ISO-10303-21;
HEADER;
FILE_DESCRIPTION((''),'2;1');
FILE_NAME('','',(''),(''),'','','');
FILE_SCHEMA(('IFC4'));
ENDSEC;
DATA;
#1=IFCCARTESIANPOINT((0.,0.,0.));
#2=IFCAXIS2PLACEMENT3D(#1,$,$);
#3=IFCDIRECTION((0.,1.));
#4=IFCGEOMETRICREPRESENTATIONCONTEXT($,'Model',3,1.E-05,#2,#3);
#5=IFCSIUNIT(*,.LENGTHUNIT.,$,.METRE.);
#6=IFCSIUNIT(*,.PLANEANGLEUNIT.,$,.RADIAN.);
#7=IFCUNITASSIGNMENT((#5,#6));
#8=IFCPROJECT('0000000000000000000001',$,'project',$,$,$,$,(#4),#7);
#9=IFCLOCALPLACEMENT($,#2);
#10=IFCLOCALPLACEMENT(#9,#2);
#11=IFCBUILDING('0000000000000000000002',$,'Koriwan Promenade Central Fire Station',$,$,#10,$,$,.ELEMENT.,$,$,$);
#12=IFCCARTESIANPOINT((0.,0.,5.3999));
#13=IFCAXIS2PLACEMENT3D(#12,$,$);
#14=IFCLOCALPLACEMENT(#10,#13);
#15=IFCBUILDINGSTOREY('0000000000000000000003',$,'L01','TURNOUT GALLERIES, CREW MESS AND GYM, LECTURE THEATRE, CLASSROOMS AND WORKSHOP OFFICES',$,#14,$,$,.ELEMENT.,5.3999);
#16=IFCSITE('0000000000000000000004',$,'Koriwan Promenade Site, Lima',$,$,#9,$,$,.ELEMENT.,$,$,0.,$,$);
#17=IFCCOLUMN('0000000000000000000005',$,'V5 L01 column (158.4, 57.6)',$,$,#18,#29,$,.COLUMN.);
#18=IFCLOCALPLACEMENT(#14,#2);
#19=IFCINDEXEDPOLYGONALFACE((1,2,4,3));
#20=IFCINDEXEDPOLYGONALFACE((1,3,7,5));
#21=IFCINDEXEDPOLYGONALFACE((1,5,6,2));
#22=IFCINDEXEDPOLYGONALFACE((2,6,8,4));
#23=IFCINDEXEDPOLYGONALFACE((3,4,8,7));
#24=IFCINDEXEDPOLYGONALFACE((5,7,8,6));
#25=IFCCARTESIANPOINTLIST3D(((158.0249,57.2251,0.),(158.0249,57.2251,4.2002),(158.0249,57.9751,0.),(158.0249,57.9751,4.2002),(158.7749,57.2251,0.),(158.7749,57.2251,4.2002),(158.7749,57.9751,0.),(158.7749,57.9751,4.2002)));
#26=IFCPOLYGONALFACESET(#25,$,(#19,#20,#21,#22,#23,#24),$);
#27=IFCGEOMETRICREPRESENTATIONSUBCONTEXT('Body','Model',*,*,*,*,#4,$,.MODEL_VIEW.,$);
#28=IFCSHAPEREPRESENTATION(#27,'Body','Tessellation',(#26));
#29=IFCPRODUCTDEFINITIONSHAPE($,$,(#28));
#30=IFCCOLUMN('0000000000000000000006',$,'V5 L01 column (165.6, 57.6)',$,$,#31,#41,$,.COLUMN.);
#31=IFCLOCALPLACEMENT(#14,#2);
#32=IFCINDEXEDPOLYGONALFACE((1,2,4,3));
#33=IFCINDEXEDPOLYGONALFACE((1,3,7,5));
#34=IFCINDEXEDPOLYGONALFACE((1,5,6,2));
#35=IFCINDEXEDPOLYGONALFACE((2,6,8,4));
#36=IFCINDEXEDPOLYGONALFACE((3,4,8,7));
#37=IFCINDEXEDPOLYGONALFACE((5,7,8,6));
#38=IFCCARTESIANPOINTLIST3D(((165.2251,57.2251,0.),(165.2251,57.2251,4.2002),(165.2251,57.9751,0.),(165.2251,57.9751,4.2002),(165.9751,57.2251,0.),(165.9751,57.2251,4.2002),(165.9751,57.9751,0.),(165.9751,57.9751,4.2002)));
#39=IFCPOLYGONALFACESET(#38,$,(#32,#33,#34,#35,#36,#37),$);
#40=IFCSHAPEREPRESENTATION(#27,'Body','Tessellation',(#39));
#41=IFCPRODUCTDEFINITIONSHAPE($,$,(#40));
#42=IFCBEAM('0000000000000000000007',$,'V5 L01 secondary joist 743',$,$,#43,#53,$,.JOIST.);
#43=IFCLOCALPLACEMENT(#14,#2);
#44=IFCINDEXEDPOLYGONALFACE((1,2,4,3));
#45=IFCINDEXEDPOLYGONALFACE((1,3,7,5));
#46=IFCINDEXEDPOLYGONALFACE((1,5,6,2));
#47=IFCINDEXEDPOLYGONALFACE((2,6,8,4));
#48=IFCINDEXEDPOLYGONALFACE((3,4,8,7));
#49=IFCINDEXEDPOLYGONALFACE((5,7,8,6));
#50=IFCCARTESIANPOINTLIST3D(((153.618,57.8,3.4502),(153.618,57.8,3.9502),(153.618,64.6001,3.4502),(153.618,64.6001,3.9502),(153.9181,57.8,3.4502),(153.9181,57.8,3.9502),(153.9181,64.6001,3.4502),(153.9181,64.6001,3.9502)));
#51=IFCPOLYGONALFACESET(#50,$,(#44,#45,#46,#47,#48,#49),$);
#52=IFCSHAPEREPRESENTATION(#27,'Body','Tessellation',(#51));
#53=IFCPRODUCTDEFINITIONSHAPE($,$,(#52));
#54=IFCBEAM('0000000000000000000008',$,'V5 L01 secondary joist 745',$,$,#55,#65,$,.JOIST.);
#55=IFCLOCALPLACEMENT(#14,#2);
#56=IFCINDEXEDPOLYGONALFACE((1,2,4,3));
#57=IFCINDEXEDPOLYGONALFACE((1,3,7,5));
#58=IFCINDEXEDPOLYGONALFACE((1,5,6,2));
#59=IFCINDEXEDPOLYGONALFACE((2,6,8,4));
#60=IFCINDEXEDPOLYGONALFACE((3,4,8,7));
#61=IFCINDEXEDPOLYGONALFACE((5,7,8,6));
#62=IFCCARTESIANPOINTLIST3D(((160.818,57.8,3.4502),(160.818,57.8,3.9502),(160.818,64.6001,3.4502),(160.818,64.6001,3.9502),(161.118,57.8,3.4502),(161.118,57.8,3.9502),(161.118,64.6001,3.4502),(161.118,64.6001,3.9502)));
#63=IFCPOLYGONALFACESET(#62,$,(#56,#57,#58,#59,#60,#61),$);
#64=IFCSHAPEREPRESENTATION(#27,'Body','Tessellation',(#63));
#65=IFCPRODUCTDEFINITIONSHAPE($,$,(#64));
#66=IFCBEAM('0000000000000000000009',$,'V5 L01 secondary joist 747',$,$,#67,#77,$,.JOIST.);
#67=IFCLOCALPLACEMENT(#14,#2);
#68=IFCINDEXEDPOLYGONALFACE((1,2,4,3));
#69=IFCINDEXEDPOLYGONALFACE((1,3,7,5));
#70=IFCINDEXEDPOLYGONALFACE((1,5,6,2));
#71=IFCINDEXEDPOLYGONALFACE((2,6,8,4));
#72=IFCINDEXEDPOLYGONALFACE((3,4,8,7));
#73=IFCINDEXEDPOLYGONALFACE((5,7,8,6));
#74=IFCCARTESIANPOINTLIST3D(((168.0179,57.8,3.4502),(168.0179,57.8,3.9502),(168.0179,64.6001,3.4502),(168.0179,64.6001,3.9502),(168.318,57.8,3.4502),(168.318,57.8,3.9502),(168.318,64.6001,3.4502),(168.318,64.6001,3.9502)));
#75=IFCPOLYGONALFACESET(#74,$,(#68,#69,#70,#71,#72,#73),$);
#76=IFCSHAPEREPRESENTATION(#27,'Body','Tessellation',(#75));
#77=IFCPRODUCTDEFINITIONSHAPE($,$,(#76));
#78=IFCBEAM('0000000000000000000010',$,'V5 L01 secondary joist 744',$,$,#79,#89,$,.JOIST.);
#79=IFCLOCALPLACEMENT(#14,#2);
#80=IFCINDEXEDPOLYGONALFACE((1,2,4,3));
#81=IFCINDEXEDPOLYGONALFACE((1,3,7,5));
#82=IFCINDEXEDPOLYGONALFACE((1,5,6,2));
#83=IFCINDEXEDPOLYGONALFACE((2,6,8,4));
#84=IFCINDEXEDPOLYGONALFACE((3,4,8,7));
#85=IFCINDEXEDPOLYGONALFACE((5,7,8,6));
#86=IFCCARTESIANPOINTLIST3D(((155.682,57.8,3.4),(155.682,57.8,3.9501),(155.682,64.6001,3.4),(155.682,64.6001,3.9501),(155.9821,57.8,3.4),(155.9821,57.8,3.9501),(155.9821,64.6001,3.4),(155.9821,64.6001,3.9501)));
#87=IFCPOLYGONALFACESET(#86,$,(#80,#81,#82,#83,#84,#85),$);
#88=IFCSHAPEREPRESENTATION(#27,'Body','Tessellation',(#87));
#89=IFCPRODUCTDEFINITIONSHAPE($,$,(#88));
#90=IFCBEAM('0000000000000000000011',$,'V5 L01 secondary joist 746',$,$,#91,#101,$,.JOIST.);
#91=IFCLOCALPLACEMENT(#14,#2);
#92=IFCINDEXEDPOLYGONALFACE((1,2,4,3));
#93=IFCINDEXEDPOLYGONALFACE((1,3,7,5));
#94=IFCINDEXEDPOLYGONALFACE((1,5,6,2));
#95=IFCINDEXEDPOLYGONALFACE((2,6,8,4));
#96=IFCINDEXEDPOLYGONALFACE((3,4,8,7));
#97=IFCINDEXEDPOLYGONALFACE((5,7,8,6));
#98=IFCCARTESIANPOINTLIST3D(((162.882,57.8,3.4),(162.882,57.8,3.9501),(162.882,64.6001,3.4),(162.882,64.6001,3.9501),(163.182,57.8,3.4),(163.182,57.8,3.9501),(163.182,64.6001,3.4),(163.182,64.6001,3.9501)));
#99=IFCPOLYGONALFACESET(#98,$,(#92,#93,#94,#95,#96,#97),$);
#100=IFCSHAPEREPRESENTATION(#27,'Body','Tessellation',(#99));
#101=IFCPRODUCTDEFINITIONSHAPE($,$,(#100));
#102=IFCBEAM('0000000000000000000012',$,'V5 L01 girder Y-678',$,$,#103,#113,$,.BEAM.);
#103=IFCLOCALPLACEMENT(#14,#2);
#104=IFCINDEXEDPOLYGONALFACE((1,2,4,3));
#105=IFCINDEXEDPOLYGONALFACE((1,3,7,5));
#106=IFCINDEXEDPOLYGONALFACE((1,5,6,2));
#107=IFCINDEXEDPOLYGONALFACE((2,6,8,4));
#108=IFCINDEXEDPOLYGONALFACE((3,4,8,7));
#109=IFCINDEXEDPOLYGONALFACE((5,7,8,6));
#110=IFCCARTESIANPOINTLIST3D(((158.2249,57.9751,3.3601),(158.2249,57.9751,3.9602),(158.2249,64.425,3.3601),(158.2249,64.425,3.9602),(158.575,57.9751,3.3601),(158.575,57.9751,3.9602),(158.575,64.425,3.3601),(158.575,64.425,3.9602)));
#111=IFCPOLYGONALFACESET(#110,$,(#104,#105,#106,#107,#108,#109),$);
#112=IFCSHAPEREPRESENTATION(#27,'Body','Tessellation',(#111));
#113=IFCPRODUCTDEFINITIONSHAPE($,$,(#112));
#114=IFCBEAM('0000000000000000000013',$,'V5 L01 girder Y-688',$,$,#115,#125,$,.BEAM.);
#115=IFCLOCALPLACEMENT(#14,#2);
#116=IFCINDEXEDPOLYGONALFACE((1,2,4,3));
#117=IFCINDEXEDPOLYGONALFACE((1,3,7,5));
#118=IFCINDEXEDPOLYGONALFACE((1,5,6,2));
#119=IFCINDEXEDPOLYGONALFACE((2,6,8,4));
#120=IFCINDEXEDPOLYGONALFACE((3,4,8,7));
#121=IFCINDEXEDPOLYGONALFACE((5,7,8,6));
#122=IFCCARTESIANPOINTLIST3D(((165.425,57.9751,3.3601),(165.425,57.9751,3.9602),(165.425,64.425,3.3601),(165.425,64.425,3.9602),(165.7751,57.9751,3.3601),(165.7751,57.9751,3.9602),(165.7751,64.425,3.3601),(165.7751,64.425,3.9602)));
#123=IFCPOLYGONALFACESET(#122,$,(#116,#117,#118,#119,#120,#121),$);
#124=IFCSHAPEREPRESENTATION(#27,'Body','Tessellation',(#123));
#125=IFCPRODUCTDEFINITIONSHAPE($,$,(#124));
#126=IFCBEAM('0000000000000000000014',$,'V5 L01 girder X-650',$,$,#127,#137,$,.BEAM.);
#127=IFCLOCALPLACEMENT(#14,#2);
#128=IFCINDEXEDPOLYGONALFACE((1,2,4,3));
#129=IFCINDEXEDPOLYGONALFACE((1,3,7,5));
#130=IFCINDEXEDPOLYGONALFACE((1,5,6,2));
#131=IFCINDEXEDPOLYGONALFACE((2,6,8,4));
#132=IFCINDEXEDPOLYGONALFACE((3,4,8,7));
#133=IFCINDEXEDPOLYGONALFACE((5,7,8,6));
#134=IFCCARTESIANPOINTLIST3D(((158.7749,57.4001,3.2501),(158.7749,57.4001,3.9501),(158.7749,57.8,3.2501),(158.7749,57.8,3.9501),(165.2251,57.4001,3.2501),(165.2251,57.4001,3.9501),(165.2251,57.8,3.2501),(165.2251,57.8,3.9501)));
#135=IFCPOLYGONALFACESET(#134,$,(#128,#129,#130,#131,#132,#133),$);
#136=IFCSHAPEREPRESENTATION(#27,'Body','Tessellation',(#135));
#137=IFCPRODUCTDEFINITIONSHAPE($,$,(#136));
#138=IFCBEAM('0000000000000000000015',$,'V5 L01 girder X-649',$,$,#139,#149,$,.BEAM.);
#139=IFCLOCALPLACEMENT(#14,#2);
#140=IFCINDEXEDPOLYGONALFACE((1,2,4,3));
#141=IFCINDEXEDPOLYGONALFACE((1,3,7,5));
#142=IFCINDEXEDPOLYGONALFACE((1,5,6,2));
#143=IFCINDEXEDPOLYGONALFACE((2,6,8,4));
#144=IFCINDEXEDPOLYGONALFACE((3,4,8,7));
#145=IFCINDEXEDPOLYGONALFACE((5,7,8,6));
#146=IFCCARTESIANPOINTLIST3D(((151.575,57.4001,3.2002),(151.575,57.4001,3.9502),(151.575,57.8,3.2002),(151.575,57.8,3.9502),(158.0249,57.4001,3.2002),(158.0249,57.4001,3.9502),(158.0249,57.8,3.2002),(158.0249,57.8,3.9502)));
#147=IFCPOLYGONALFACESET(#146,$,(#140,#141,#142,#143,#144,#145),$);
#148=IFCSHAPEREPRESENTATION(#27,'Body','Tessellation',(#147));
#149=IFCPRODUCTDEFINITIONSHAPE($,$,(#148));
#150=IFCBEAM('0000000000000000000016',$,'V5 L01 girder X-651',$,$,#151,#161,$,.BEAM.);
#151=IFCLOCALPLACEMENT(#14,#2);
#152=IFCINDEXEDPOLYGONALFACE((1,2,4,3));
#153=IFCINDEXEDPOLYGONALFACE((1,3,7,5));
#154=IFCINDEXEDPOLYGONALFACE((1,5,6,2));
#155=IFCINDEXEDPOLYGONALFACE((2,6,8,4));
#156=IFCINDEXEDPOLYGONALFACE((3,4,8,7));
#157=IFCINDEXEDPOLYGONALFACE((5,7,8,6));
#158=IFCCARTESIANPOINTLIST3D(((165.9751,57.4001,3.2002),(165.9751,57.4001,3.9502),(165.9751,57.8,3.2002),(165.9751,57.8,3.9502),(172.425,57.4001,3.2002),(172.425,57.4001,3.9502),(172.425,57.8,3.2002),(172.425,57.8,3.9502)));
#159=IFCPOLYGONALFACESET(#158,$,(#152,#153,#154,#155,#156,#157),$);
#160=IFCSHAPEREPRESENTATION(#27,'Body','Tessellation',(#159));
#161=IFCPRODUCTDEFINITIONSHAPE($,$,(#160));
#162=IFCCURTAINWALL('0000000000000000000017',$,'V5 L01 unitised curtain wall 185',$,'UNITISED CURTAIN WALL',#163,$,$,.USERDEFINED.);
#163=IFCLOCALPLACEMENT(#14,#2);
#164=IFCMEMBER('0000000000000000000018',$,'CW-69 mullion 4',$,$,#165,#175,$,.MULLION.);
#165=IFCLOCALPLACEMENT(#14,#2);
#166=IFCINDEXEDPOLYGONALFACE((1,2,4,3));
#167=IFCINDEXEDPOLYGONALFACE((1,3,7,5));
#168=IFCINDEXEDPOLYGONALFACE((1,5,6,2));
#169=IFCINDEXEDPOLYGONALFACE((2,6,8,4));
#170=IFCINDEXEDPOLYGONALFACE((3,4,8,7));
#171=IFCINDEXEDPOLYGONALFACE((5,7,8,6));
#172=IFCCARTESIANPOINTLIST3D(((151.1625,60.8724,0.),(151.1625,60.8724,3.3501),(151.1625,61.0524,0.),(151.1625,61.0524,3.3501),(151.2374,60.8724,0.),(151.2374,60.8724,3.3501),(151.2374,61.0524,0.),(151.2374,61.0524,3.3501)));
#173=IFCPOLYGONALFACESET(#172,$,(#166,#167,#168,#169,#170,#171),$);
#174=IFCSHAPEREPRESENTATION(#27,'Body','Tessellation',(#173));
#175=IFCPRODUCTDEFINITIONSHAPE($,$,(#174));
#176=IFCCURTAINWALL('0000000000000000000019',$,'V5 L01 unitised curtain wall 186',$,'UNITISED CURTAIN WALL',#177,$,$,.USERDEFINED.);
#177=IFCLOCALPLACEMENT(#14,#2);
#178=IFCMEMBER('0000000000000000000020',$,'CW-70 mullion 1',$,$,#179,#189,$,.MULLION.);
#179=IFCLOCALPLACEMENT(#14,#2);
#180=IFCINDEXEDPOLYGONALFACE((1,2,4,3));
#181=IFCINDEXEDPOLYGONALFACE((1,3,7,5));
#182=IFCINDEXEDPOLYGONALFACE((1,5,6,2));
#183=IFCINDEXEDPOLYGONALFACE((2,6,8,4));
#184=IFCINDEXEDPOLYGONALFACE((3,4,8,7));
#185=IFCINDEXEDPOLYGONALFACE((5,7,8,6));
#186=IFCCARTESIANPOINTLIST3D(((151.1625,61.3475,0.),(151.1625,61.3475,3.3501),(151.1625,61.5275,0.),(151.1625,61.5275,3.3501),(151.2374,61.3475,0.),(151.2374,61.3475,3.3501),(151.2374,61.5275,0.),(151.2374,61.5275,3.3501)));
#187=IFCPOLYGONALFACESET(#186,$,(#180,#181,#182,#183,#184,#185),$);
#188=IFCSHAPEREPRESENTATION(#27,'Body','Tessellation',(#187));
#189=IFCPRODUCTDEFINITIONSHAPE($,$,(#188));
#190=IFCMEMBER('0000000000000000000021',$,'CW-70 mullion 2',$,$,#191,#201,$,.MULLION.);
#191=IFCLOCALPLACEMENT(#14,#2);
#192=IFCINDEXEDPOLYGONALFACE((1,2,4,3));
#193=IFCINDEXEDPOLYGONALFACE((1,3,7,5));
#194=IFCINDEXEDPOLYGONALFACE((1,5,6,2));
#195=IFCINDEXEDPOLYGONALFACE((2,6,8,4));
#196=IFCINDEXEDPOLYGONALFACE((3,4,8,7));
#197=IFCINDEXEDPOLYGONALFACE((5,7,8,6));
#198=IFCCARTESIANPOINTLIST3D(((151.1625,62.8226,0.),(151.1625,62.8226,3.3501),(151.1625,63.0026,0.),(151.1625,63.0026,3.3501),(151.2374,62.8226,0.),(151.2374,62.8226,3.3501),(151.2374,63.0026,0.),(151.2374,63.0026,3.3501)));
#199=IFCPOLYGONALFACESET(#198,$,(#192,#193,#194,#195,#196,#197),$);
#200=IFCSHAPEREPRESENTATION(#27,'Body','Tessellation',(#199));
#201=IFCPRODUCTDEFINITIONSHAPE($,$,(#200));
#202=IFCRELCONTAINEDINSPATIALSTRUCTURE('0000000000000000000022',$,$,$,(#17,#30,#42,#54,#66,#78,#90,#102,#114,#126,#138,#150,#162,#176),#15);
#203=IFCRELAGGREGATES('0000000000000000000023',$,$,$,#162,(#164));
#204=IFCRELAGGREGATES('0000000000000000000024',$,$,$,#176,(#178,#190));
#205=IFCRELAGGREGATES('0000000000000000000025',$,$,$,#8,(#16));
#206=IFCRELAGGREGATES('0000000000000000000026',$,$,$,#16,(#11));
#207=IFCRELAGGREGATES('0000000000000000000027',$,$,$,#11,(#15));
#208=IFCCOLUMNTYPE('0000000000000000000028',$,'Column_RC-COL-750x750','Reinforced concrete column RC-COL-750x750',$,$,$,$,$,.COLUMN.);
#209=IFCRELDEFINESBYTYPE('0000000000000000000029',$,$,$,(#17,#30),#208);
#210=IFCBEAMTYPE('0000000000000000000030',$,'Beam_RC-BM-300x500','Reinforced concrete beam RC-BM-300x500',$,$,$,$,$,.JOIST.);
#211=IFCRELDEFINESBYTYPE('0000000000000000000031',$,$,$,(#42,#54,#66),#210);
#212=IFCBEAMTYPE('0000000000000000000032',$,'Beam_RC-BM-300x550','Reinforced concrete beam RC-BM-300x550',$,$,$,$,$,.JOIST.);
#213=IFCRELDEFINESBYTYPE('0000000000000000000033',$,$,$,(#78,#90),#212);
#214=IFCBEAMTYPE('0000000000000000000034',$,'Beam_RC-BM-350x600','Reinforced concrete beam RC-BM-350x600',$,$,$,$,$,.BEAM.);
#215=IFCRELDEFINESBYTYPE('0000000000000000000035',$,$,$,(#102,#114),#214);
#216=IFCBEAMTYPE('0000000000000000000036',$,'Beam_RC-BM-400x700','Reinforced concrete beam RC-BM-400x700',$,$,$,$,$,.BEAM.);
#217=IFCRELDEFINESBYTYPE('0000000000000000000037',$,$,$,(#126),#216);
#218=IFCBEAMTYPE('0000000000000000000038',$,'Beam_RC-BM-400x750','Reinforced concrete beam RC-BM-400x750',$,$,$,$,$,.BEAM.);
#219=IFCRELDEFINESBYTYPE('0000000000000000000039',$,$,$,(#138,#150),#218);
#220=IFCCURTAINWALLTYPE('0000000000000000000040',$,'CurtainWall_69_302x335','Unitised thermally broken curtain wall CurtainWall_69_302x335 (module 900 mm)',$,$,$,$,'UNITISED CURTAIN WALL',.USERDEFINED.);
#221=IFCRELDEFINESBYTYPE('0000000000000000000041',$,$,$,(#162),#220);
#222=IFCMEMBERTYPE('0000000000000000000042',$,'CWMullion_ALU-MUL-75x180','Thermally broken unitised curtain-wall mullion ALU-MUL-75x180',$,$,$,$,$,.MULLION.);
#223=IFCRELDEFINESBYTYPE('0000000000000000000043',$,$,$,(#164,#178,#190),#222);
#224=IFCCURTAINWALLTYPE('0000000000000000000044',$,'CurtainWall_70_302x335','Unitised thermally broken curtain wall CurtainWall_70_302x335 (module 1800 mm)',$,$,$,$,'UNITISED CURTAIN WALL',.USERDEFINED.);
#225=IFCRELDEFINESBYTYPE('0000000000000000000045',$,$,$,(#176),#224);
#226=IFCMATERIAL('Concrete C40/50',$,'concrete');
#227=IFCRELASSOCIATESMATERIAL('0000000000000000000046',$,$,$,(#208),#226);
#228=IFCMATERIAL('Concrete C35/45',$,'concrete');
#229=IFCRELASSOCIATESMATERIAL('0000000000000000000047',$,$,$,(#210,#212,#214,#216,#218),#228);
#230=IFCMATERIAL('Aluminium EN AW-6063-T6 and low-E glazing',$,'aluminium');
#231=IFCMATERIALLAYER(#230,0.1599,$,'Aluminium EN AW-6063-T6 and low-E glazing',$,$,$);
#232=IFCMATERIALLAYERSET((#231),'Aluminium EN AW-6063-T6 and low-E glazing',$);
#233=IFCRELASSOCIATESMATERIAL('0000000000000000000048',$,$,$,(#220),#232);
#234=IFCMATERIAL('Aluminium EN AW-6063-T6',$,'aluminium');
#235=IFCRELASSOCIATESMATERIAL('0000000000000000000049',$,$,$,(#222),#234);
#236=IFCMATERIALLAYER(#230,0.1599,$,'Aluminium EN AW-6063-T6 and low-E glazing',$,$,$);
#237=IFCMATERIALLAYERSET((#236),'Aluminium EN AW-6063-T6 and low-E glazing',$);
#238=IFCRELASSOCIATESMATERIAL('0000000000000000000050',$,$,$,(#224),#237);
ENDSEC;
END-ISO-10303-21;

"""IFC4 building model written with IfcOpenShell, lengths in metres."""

from ifc_helpers import new_model, si_unit, direction, frame, origin, origin_2d, place, context, subcontext, project, spatial, rectangle, extrude, material, layer, layer_set, material_profile, profile_set, type_object, element, aggregate, save


model = new_model("IFC4")

# Units and contexts
model_context = context("Model", 3, precision=1e-05, world=origin(), true_north=direction((0.0, 1.0)))
body_context = subcontext(model_context, "Body", "Model", "MODEL_VIEW")
ifc_project = project(units=[si_unit("LENGTHUNIT", "METRE"), si_unit("PLANEANGLEUNIT", "RADIAN")], contexts=[model_context])

# Site, building, storey
site_placement = place(None, origin())
site = spatial("IfcSite", under=ifc_project, at=site_placement, Name="Koriwan Promenade Site, Lima", CompositionType="ELEMENT", RefElevation=0.0)
building_placement = place(site_placement, origin())
building = spatial("IfcBuilding", under=site, at=building_placement, Name="Koriwan Promenade Central Fire Station", CompositionType="ELEMENT")
storey_placement = place(building_placement, frame((0.0, 0.0, 5.3999)))
storey = spatial("IfcBuildingStorey", under=building, at=storey_placement, Name="L01", Description="TURNOUT GALLERIES, CREW MESS AND GYM, LECTURE THEATRE, CLASSROOMS AND WORKSHOP OFFICES", CompositionType="ELEMENT", Elevation=5.3999)

# Columns
ifc_material_1 = material(Name="Concrete C40/50", Category="concrete")
ifc_material_profile_1 = material_profile(ifc_material_1, rectangle(XDim=0.75, YDim=0.75, at=origin_2d()), Name="RC-COL-750x750")
ifc_profile_set_1 = profile_set([ifc_material_profile_1], Name="Concrete C40/50")
column_type = type_object("IfcColumnType", Name="Column_RC-COL-750x750", Description="Reinforced concrete column RC-COL-750x750", PredefinedType="COLUMN", material=ifc_profile_set_1)
for number, where, z_axis, x_axis, name in (
    (1, (158.3999, 57.6001, 0.0), (0.0, 0.0, 1.0), (1.0, 0.0, 0.0), "V5 L01 column (158.4, 57.6)"),
    (2, (165.6001, 57.6001, 0.0), (0.0, 0.0, 1.0), (1.0, 0.0, 0.0), "V5 L01 column (165.6, 57.6)"),
):
    element("IfcColumn", number, at=place(storey_placement, frame(where, z_axis=z_axis, x_axis=x_axis)), inside=storey, type_object=column_type, Name=name, PredefinedType="COLUMN", context=body_context, shape_type="SweptSolid", body=[
        extrude(rectangle(XDim=0.75, YDim=0.75, at=origin_2d()), origin(), (0.0, 0.0, 1.0), 4.2002),
    ])

# Beams
ifc_material_2 = material(Name="Concrete C35/45", Category="concrete")
ifc_material_profile_2 = material_profile(ifc_material_2, rectangle(XDim=0.3, YDim=0.5, at=origin_2d()), Name="RC-BM-300x500")
ifc_profile_set_2 = profile_set([ifc_material_profile_2], Name="Concrete C35/45")
beam_type_1 = type_object("IfcBeamType", Name="Beam_RC-BM-300x500", Description="Reinforced concrete beam RC-BM-300x500", PredefinedType="JOIST", material=ifc_profile_set_2)
for number, where, z_axis, x_axis, name in (
    (3, (153.7681, 57.8, 3.7002), (0.0, 1.0, 0.0), (-1.0, 0.0, 0.0), "V5 L01 secondary joist 743"),
    (4, (160.968, 57.8, 3.7002), (0.0, 1.0, 0.0), (-1.0, 0.0, 0.0), "V5 L01 secondary joist 745"),
    (5, (168.168, 57.8, 3.7002), (0.0, 1.0, 0.0), (-1.0, 0.0, 0.0), "V5 L01 secondary joist 747"),
):
    element("IfcBeam", number, at=place(storey_placement, frame(where, z_axis=z_axis, x_axis=x_axis)), inside=storey, type_object=beam_type_1, Name=name, PredefinedType="JOIST", context=body_context, shape_type="SweptSolid", body=[
        extrude(rectangle(XDim=0.3, YDim=0.5, at=origin_2d()), origin(), (0.0, 0.0, 1.0), 6.8),
    ])
ifc_material_profile_3 = material_profile(ifc_material_2, rectangle(XDim=0.3, YDim=0.55, at=origin_2d()), Name="RC-BM-300x550")
ifc_profile_set_3 = profile_set([ifc_material_profile_3], Name="Concrete C35/45")
beam_type_2 = type_object("IfcBeamType", Name="Beam_RC-BM-300x550", Description="Reinforced concrete beam RC-BM-300x550", PredefinedType="JOIST", material=ifc_profile_set_3)
for number, where, z_axis, x_axis, name in (
    (6, (155.832, 57.8, 3.675), (0.0, 1.0, 0.0), (-1.0, 0.0, 0.0), "V5 L01 secondary joist 744"),
    (7, (163.032, 57.8, 3.675), (0.0, 1.0, 0.0), (-1.0, 0.0, 0.0), "V5 L01 secondary joist 746"),
):
    element("IfcBeam", number, at=place(storey_placement, frame(where, z_axis=z_axis, x_axis=x_axis)), inside=storey, type_object=beam_type_2, Name=name, PredefinedType="JOIST", context=body_context, shape_type="SweptSolid", body=[
        extrude(rectangle(XDim=0.3, YDim=0.55, at=origin_2d()), origin(), (0.0, 0.0, 1.0), 6.8),
    ])
ifc_material_profile_4 = material_profile(ifc_material_2, rectangle(XDim=0.3501, YDim=0.6001, at=origin_2d()), Name="RC-BM-350x600")
ifc_profile_set_4 = profile_set([ifc_material_profile_4], Name="Concrete C35/45")
beam_type_3 = type_object("IfcBeamType", Name="Beam_RC-BM-350x600", Description="Reinforced concrete beam RC-BM-350x600", PredefinedType="BEAM", material=ifc_profile_set_4)
for number, where, z_axis, x_axis, name in (
    (8, (158.3999, 57.9751, 3.6602), (0.0, 1.0, 0.0), (-1.0, 0.0, 0.0), "V5 L01 girder Y-678"),
    (9, (165.6001, 57.9751, 3.6602), (0.0, 1.0, 0.0), (-1.0, 0.0, 0.0), "V5 L01 girder Y-688"),
):
    element("IfcBeam", number, at=place(storey_placement, frame(where, z_axis=z_axis, x_axis=x_axis)), inside=storey, type_object=beam_type_3, Name=name, PredefinedType="BEAM", context=body_context, shape_type="SweptSolid", body=[
        extrude(rectangle(XDim=0.3501, YDim=0.6001, at=origin_2d()), origin(), (0.0, 0.0, 1.0), 6.45),
    ])
ifc_material_profile_5 = material_profile(ifc_material_2, rectangle(XDim=0.3999, YDim=0.7, at=origin_2d()), Name="RC-BM-400x700")
ifc_profile_set_5 = profile_set([ifc_material_profile_5], Name="Concrete C35/45")
beam_type_4 = type_object("IfcBeamType", Name="Beam_RC-BM-400x700", Description="Reinforced concrete beam RC-BM-400x700", PredefinedType="BEAM", material=ifc_profile_set_5)
beam_placement = place(storey_placement, frame((158.7749, 57.6001, 3.6001), z_axis=(1.0, 0.0, 0.0), x_axis=(0.0, 1.0, 0.0)))
element("IfcBeam", 10, at=beam_placement, inside=storey, type_object=beam_type_4, Name="V5 L01 girder X-650", PredefinedType="BEAM", context=body_context, shape_type="SweptSolid", body=[
    extrude(rectangle(XDim=0.3999, YDim=0.7, at=origin_2d()), origin(), (0.0, 0.0, 1.0), 6.4502),
])
ifc_material_profile_6 = material_profile(ifc_material_2, rectangle(XDim=0.3999, YDim=0.75, at=origin_2d()), Name="RC-BM-400x750")
ifc_profile_set_6 = profile_set([ifc_material_profile_6], Name="Concrete C35/45")
beam_type_5 = type_object("IfcBeamType", Name="Beam_RC-BM-400x750", Description="Reinforced concrete beam RC-BM-400x750", PredefinedType="BEAM", material=ifc_profile_set_6)
for number, where, z_axis, x_axis, name in (
    (11, (151.575, 57.6001, 3.5752), (1.0, 0.0, 0.0), (0.0, 1.0, 0.0), "V5 L01 girder X-649"),
    (12, (165.9751, 57.6001, 3.5752), (1.0, 0.0, 0.0), (0.0, 1.0, 0.0), "V5 L01 girder X-651"),
):
    element("IfcBeam", number, at=place(storey_placement, frame(where, z_axis=z_axis, x_axis=x_axis)), inside=storey, type_object=beam_type_5, Name=name, PredefinedType="BEAM", context=body_context, shape_type="SweptSolid", body=[
        extrude(rectangle(XDim=0.3999, YDim=0.75, at=origin_2d()), origin(), (0.0, 0.0, 1.0), 6.45),
    ])

# Curtain wall, member
ifc_material_3 = material(Name="Aluminium EN AW-6063-T6 and low-E glazing", Category="aluminium")
ifc_layer_1 = layer(ifc_material_3, 0.1599, Name="Aluminium EN AW-6063-T6 and low-E glazing")
ifc_layer_set_1 = layer_set([ifc_layer_1], Name="Aluminium EN AW-6063-T6 and low-E glazing")
curtain_wall_type_1 = type_object("IfcCurtainWallType", Name="CurtainWall_69_302x335", Description="Unitised thermally broken curtain wall CurtainWall_69_302x335 (module 900 mm)", ElementType="UNITISED CURTAIN WALL", PredefinedType="USERDEFINED", material=ifc_layer_set_1)
curtain_wall_1_placement = place(storey_placement, origin())
curtain_wall_1 = element("IfcCurtainWall", 13, at=curtain_wall_1_placement, inside=storey, type_object=curtain_wall_type_1, Name="V5 L01 unitised curtain wall 185", ObjectType="UNITISED CURTAIN WALL", PredefinedType="USERDEFINED")
ifc_material_4 = material(Name="Aluminium EN AW-6063-T6", Category="aluminium")
ifc_material_profile_7 = material_profile(ifc_material_4, rectangle(XDim=0.075, YDim=0.1799, at=origin_2d()), Name="ALU-MUL-75x180")
ifc_profile_set_7 = profile_set([ifc_material_profile_7], Name="Aluminium EN AW-6063-T6")
member_type_1 = type_object("IfcMemberType", Name="CWMullion_ALU-MUL-75x180", Description="Thermally broken unitised curtain-wall mullion ALU-MUL-75x180", PredefinedType="MULLION", material=ifc_profile_set_7)
member_1_placement = place(storey_placement, frame((151.2, 60.9624, 0.0), z_axis=(0.0, 0.0, 1.0), x_axis=(-1.0, 0.0, 0.0)))
member_1 = element("IfcMember", 14, at=member_1_placement, type_object=member_type_1, Name="CW-69 mullion 4", PredefinedType="MULLION", context=body_context, shape_type="SweptSolid", body=[
    extrude(rectangle(XDim=0.075, YDim=0.1799, at=origin_2d()), origin(), (0.0, 0.0, 1.0), 3.3501),
])

# Curtain wall, members
ifc_layer_2 = layer(ifc_material_3, 0.1599, Name="Aluminium EN AW-6063-T6 and low-E glazing")
ifc_layer_set_2 = layer_set([ifc_layer_2], Name="Aluminium EN AW-6063-T6 and low-E glazing")
curtain_wall_type_2 = type_object("IfcCurtainWallType", Name="CurtainWall_70_302x335", Description="Unitised thermally broken curtain wall CurtainWall_70_302x335 (module 1800 mm)", ElementType="UNITISED CURTAIN WALL", PredefinedType="USERDEFINED", material=ifc_layer_set_2)
curtain_wall_2_placement = place(storey_placement, origin())
curtain_wall_2 = element("IfcCurtainWall", 15, at=curtain_wall_2_placement, inside=storey, type_object=curtain_wall_type_2, Name="V5 L01 unitised curtain wall 186", ObjectType="UNITISED CURTAIN WALL", PredefinedType="USERDEFINED")
member_2_placement = place(storey_placement, frame((151.2, 61.4375, 0.0), z_axis=(0.0, 0.0, 1.0), x_axis=(-1.0, 0.0, 0.0)))
member_2 = element("IfcMember", 16, at=member_2_placement, type_object=member_type_1, Name="CW-70 mullion 1", PredefinedType="MULLION", context=body_context, shape_type="SweptSolid", body=[
    extrude(rectangle(XDim=0.075, YDim=0.1799, at=origin_2d()), origin(), (0.0, 0.0, 1.0), 3.3501),
])
member_3_placement = place(storey_placement, frame((151.2, 62.9126, 0.0), z_axis=(0.0, 0.0, 1.0), x_axis=(-1.0, 0.0, 0.0)))
member_3 = element("IfcMember", 17, at=member_3_placement, type_object=member_type_1, Name="CW-70 mullion 2", PredefinedType="MULLION", context=body_context, shape_type="SweptSolid", body=[
    extrude(rectangle(XDim=0.075, YDim=0.1799, at=origin_2d()), origin(), (0.0, 0.0, 1.0), 3.3501),
])

aggregate(curtain_wall_1, [member_1])
aggregate(curtain_wall_2, [member_2, member_3])

save(model, "model.ifc")
